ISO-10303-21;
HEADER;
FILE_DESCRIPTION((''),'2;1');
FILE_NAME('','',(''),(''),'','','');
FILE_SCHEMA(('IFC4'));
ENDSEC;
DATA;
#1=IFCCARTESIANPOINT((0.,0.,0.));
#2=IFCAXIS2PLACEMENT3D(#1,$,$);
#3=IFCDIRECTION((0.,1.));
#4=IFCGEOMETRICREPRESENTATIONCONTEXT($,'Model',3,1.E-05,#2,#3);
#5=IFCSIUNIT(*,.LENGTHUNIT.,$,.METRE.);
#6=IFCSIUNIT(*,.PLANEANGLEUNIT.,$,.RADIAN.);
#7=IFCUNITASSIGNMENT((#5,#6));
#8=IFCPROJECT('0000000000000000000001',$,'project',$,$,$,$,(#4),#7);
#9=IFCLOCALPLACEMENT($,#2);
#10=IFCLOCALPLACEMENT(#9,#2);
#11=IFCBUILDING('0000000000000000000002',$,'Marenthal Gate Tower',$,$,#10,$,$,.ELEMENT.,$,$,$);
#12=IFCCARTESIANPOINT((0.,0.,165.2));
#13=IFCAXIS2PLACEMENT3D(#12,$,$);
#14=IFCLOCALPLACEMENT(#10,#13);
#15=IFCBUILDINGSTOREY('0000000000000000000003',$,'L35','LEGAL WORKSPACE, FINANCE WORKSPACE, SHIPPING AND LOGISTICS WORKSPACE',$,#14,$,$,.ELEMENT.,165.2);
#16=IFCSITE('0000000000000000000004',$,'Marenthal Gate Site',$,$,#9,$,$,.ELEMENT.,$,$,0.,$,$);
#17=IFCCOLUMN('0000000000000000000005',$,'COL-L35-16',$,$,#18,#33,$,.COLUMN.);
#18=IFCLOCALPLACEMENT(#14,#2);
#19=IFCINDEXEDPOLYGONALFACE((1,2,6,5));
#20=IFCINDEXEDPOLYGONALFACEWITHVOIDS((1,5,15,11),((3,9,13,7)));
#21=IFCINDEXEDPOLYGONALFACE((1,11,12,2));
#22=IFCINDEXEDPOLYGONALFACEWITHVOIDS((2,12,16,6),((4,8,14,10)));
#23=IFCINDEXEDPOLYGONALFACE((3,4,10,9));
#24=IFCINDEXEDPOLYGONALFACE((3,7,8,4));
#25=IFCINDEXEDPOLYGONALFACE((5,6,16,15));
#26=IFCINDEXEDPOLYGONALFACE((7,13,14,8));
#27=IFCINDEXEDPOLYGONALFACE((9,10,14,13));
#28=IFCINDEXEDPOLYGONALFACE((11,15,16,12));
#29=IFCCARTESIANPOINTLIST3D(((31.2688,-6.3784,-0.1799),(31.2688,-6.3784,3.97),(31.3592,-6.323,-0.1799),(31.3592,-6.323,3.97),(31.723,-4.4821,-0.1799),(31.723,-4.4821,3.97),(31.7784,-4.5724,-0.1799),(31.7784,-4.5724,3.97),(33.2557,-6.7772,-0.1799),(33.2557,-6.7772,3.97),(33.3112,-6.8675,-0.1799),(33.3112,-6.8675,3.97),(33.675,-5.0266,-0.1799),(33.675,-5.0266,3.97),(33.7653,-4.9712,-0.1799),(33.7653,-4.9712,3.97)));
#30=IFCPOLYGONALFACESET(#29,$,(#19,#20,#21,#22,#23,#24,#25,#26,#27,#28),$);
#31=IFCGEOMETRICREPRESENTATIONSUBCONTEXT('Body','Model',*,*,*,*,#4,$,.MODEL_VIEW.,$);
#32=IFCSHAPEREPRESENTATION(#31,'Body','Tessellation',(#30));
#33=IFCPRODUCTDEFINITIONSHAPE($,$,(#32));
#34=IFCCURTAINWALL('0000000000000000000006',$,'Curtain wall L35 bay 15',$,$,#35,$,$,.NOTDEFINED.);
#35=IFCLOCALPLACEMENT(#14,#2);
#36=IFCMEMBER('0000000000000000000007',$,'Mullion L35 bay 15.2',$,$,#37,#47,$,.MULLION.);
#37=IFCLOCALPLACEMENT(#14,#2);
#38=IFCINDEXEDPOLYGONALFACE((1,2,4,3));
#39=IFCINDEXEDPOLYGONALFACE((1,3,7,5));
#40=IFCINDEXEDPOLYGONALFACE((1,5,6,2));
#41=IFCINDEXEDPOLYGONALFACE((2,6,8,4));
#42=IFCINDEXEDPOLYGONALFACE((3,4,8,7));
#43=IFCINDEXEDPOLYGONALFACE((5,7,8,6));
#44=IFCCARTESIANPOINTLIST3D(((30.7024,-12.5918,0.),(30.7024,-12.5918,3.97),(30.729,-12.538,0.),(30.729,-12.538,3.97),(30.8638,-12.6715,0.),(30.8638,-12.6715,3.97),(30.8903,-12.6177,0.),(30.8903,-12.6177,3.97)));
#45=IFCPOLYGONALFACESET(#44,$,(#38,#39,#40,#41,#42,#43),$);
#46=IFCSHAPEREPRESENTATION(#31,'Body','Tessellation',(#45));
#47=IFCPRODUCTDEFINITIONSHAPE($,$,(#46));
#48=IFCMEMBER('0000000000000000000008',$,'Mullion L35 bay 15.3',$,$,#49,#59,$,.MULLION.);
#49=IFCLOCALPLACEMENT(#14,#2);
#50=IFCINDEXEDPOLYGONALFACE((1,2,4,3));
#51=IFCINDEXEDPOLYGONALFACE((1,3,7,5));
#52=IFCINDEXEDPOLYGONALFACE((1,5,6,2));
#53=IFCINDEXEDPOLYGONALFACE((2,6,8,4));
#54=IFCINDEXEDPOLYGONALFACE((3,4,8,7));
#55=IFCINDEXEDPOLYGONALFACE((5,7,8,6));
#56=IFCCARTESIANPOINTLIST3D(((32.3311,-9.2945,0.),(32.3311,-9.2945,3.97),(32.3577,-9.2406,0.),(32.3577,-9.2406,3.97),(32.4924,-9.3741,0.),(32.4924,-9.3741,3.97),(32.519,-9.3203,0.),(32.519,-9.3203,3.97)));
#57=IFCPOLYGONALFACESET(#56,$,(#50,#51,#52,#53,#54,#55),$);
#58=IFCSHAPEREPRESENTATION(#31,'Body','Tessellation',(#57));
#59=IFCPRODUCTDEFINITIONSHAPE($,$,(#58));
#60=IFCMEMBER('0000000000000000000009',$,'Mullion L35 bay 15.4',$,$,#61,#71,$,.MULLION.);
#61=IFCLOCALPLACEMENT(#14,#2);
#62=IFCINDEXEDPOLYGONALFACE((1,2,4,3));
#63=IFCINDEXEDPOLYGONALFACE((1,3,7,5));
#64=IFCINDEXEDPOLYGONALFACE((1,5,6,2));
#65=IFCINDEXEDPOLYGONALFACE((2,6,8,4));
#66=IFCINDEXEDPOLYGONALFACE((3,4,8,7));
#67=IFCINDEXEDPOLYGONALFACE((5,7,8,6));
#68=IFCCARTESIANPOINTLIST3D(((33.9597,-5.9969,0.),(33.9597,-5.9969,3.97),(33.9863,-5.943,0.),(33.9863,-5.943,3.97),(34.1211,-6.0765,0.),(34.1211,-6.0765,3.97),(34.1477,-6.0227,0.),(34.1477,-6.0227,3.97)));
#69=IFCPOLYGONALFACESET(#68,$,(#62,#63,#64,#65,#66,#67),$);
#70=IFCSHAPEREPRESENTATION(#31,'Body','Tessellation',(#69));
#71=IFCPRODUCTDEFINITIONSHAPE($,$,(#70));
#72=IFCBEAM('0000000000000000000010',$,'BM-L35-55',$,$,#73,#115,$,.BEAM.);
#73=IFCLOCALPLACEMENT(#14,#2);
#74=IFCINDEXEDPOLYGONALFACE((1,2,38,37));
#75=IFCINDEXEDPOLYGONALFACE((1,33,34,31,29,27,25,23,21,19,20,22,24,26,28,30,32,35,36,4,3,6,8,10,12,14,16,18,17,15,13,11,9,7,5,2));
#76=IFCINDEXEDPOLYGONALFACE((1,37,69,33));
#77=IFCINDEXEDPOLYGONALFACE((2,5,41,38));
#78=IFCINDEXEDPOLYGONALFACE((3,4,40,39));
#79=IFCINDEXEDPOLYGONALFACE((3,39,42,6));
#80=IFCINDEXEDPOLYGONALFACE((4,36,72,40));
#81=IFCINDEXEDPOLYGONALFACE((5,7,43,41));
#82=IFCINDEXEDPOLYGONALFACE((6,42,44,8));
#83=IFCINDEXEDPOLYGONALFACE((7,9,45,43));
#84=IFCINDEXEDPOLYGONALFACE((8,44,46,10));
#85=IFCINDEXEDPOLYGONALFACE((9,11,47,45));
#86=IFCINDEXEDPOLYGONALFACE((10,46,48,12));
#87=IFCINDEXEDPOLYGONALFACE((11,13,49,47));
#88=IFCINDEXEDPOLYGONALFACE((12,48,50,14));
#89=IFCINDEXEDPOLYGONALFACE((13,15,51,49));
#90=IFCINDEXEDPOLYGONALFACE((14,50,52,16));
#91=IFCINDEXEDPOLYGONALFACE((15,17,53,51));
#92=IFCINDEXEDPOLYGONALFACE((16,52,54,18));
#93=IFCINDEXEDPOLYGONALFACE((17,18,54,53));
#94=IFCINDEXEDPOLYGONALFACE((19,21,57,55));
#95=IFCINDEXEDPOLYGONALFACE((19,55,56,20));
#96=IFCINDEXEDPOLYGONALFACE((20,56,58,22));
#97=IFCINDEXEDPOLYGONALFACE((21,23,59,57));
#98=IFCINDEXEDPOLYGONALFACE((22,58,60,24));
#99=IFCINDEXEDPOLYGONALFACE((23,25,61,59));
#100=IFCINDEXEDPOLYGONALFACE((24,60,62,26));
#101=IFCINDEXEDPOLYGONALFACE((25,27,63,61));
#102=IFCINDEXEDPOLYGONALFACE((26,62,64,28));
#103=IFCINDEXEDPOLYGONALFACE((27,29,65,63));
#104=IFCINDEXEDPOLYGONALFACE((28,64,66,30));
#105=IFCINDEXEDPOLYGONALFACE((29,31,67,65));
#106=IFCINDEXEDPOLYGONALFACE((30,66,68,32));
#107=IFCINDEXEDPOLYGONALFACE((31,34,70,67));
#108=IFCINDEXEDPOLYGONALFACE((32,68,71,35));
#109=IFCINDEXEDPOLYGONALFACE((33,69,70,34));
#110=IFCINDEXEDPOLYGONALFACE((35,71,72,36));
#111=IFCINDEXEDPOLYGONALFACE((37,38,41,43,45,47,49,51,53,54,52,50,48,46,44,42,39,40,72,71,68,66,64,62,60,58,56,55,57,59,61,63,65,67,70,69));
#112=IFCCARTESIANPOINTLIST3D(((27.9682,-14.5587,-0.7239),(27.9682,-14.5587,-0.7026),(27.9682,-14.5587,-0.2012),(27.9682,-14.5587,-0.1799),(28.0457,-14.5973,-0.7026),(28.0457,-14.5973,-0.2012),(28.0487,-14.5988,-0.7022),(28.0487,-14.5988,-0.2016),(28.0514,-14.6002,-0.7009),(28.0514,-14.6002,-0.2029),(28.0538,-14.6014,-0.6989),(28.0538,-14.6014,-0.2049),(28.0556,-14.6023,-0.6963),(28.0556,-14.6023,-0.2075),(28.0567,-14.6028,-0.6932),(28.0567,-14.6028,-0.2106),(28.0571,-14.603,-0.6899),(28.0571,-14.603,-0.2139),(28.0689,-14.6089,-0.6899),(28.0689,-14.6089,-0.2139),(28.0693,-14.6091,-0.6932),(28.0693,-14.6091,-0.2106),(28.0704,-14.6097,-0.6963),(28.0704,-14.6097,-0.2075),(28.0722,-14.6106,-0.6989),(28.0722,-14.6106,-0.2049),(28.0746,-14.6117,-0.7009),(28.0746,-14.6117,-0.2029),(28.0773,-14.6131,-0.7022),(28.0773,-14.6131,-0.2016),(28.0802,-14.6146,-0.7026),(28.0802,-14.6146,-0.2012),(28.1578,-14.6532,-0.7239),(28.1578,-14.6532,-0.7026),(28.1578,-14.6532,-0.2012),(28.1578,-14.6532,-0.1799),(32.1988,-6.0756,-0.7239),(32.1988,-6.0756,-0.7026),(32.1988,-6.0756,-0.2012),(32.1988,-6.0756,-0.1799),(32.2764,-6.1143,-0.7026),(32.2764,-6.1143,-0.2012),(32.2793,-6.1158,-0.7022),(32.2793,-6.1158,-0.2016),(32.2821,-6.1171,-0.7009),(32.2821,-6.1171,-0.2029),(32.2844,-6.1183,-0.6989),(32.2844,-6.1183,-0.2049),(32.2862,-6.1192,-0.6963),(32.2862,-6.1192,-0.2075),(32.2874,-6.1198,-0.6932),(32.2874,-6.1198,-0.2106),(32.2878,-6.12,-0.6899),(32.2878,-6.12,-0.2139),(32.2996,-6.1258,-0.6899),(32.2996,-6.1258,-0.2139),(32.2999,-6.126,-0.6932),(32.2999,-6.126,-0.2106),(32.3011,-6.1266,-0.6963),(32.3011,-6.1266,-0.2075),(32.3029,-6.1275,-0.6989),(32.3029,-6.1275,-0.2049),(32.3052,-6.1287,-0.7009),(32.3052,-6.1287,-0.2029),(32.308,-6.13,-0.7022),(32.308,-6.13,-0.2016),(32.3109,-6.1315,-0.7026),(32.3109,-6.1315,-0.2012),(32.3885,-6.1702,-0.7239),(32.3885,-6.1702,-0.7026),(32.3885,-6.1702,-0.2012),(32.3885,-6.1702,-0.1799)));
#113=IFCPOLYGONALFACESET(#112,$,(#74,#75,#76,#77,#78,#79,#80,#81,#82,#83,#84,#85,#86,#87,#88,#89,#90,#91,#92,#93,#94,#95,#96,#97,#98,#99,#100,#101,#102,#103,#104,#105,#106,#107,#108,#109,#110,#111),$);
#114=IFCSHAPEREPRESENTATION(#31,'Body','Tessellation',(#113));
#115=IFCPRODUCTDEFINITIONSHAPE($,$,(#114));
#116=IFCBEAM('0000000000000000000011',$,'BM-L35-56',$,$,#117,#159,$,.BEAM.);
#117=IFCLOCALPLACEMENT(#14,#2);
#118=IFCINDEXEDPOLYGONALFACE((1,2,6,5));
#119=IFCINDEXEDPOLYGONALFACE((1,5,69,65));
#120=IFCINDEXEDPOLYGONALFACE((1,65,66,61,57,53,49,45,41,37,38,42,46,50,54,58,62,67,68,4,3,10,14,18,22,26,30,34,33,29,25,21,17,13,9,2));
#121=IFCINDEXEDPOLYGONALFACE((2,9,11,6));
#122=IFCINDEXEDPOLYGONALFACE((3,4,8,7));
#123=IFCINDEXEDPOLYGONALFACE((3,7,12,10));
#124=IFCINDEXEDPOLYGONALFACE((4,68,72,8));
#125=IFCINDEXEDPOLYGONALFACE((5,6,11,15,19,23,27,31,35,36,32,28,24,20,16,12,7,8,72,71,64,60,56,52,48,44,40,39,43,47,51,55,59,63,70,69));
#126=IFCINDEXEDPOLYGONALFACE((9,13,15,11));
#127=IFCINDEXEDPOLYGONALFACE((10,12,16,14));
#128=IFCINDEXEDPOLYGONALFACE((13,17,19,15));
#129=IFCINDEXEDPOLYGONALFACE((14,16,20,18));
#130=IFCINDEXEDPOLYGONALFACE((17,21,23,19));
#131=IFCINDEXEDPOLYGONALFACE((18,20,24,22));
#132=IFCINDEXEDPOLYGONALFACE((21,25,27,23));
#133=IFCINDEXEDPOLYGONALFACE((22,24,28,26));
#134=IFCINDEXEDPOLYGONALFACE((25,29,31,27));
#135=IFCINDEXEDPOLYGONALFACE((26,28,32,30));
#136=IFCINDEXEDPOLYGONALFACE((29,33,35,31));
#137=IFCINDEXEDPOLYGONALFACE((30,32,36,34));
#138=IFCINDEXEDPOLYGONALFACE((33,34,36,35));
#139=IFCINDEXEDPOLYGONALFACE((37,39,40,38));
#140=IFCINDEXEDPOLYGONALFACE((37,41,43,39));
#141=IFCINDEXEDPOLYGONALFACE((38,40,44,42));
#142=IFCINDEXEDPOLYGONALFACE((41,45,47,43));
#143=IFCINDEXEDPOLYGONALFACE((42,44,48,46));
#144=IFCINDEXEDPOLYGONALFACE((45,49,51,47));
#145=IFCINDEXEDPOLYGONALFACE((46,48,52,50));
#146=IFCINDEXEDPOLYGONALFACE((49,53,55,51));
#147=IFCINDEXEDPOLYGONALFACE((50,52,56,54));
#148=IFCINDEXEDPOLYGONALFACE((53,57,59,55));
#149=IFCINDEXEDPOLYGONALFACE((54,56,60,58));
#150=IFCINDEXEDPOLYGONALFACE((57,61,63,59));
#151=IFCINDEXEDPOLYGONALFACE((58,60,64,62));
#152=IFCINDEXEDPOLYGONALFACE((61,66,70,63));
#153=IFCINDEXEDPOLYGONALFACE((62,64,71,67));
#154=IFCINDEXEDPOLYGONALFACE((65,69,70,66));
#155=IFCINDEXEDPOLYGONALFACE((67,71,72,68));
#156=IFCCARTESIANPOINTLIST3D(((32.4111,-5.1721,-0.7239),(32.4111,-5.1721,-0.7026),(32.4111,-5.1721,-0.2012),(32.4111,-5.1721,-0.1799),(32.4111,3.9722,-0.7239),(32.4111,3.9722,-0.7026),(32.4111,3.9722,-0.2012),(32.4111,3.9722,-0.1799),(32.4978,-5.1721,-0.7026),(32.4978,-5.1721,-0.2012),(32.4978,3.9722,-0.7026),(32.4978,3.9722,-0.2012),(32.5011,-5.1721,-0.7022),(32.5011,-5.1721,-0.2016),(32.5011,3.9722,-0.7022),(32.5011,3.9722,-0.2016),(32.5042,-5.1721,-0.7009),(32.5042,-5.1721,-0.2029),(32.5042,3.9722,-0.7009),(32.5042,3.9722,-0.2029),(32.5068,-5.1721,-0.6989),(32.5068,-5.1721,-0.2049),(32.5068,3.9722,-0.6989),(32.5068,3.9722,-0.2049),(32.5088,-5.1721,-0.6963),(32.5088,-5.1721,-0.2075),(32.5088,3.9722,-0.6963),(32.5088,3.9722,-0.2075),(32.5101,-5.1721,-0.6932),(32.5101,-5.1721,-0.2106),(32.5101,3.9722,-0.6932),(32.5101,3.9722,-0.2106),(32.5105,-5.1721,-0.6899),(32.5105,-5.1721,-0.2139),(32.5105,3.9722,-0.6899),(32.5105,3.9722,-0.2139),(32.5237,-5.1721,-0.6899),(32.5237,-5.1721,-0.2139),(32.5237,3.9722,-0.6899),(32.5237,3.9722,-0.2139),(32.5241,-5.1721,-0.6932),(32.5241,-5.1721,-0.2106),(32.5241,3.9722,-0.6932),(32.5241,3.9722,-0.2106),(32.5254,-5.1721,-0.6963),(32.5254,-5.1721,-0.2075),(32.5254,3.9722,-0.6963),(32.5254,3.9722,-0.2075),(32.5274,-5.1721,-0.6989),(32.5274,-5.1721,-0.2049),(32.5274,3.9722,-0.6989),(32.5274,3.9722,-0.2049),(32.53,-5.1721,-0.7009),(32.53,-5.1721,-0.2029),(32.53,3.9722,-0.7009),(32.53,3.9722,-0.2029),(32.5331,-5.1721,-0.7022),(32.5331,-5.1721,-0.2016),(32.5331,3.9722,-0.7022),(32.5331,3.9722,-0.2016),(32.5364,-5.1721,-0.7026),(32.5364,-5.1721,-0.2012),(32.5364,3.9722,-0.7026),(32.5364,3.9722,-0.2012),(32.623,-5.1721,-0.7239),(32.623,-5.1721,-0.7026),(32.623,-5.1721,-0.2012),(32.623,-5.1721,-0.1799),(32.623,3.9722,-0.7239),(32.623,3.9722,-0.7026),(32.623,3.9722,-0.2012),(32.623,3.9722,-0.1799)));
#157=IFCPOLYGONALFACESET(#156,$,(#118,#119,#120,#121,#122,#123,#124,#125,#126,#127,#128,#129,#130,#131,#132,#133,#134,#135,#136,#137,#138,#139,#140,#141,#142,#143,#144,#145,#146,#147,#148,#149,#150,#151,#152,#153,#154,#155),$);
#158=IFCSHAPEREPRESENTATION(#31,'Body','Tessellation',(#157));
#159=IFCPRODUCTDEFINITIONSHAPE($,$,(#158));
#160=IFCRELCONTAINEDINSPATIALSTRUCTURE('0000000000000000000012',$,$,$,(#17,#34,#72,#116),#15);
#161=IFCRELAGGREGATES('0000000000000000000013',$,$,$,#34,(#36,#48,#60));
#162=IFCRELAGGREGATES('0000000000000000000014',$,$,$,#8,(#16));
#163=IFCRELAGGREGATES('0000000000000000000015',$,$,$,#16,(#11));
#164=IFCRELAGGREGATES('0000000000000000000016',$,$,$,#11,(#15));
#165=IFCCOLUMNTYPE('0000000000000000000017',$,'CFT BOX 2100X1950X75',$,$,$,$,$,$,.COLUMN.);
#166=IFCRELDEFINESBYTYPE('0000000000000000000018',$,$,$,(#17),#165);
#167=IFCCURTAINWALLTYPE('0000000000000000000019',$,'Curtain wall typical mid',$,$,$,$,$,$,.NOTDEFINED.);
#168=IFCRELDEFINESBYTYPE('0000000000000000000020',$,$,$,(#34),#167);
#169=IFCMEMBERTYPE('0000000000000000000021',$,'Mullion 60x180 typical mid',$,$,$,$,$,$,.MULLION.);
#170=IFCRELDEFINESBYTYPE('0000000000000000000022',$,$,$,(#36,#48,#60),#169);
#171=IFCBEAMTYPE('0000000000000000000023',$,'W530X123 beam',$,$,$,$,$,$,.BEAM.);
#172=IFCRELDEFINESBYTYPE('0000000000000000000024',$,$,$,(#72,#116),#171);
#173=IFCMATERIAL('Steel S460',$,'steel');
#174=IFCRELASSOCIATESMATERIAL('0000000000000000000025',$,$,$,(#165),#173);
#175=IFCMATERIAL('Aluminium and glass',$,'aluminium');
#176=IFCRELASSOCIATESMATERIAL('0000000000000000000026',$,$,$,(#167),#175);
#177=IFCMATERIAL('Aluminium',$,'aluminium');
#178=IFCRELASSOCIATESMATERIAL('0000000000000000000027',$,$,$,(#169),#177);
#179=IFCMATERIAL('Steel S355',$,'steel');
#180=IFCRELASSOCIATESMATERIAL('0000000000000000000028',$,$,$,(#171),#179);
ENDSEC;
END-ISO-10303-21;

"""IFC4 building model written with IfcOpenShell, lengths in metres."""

from ifc_helpers import new_model, si_unit, direction, frame, origin, origin_2d, place, context, subcontext, project, spatial, rectangle, hollow_rectangle, i_section, extrude, material, material_profile, profile_set, type_object, element, aggregate, save


model = new_model("IFC4")

# Units and contexts
model_context = context("Model", 3, precision=1e-05, world=origin(), true_north=direction((0.0, 1.0)))
body_context = subcontext(model_context, "Body", "Model", "MODEL_VIEW")
ifc_project = project(units=[si_unit("LENGTHUNIT", "METRE"), si_unit("PLANEANGLEUNIT", "RADIAN")], contexts=[model_context])

# Site, building, storey
site_placement = place(None, origin())
site = spatial("IfcSite", under=ifc_project, at=site_placement, Name="Marenthal Gate Site", CompositionType="ELEMENT", RefElevation=0.0)
building_placement = place(site_placement, origin())
building = spatial("IfcBuilding", under=site, at=building_placement, Name="Marenthal Gate Tower", CompositionType="ELEMENT")
storey_placement = place(building_placement, frame((0.0, 0.0, 165.2)))
storey = spatial("IfcBuildingStorey", under=building, at=storey_placement, Name="L35", Description="LEGAL WORKSPACE, FINANCE WORKSPACE, SHIPPING AND LOGISTICS WORKSPACE", CompositionType="ELEMENT", Elevation=165.2)

# Column
ifc_material_1 = material(Name="Steel S460", Category="steel")
ifc_material_profile_1 = material_profile(ifc_material_1, hollow_rectangle(XDim=1.95, YDim=2.1001, WallThickness=0.075, at=origin_2d()), Name="CFT BOX 2100X1950X75")
ifc_material_2 = material(Name="Concrete 70 MPa", Category="concrete")
ifc_material_profile_2 = material_profile(ifc_material_2, rectangle(XDim=1.8, YDim=1.95, at=origin_2d()), Name="CFT BOX 2100X1950X75 INFILL")
ifc_profile_set_1 = profile_set([ifc_material_profile_1, ifc_material_profile_2], Name="Steel S460 shell, Concrete 70 MPa infill")
column_type = type_object("IfcColumnType", Name="CFT BOX 2100X1950X75", PredefinedType="COLUMN", material=ifc_profile_set_1)
column_placement = place(storey_placement, frame((32.5171, -5.6748, -0.1799), z_axis=(0.0, 0.0, 1.0), x_axis=(-0.232909, -0.972499, 0.0)))
element("IfcColumn", 1, at=column_placement, inside=storey, type_object=column_type, Name="COL-L35-16", PredefinedType="COLUMN", context=body_context, shape_type="SweptSolid", body=[
    extrude(hollow_rectangle(XDim=1.95, YDim=2.1001, WallThickness=0.075, at=origin_2d()), origin(), (0.0, 0.0, 1.0), 4.1499),
])

# Curtain wall, members
ifc_material_3 = material(Name="Aluminium and glass", Category="aluminium")
curtain_wall_type = type_object("IfcCurtainWallType", Name="Curtain wall typical mid", PredefinedType="NOTDEFINED", material=ifc_material_3)
curtain_wall_placement = place(storey_placement, origin())
curtain_wall = element("IfcCurtainWall", 2, at=curtain_wall_placement, inside=storey, type_object=curtain_wall_type, Name="Curtain wall L35 bay 15", PredefinedType="NOTDEFINED")
ifc_material_4 = material(Name="Aluminium", Category="aluminium")
ifc_material_profile_3 = material_profile(ifc_material_4, rectangle(XDim=0.1799, YDim=0.0601, at=origin_2d()), Name="60x180 aluminium mullion")
ifc_profile_set_2 = profile_set([ifc_material_profile_3], Name="Aluminium")
member_type = type_object("IfcMemberType", Name="Mullion 60x180 typical mid", PredefinedType="MULLION", material=ifc_profile_set_2)
member_1_placement = place(storey_placement, frame((30.7964, -12.6047, 0.0), z_axis=(0.0, 0.0, 1.0), x_axis=(-0.896609, 0.442824, 0.0)))
member_1 = element("IfcMember", 3, at=member_1_placement, type_object=member_type, Name="Mullion L35 bay 15.2", PredefinedType="MULLION", context=body_context, shape_type="SweptSolid", body=[
    extrude(rectangle(XDim=0.1799, YDim=0.0601, at=origin_2d()), origin(), (0.0, 0.0, 1.0), 3.97),
])
member_2_placement = place(storey_placement, frame((32.425, -9.3074, 0.0), z_axis=(0.0, 0.0, 1.0), x_axis=(-0.896609, 0.442824, 0.0)))
member_2 = element("IfcMember", 4, at=member_2_placement, type_object=member_type, Name="Mullion L35 bay 15.3", PredefinedType="MULLION", context=body_context, shape_type="SweptSolid", body=[
    extrude(rectangle(XDim=0.1799, YDim=0.0601, at=origin_2d()), origin(), (0.0, 0.0, 1.0), 3.97),
])
member_3_placement = place(storey_placement, frame((34.0537, -6.0098, 0.0), z_axis=(0.0, 0.0, 1.0), x_axis=(-0.896609, 0.442824, 0.0)))
member_3 = element("IfcMember", 5, at=member_3_placement, type_object=member_type, Name="Mullion L35 bay 15.4", PredefinedType="MULLION", context=body_context, shape_type="SweptSolid", body=[
    extrude(rectangle(XDim=0.1799, YDim=0.0601, at=origin_2d()), origin(), (0.0, 0.0, 1.0), 3.97),
])

# Beams
ifc_material_5 = material(Name="Steel S355", Category="steel")
ifc_material_profile_4 = material_profile(ifc_material_5, i_section(OverallWidth=0.2119, OverallDepth=0.5439, WebThickness=0.0132, FlangeThickness=0.0212, FilletRadius=0.0127, at=origin_2d()), Name="W530X123")
ifc_profile_set_3 = profile_set([ifc_material_profile_4], Name="Steel S355")
beam_type_1 = type_object("IfcBeamType", Name="W530X123 beam", PredefinedType="BEAM", material=ifc_profile_set_3)
beam_1_placement = place(storey_placement, frame((28.063, -14.606, -0.4519), z_axis=(0.446297, 0.894885, 0.0), x_axis=(-0.894885, 0.446297, 0.0)))
element("IfcBeam", 6, at=beam_1_placement, inside=storey, type_object=beam_type_1, Name="BM-L35-55", PredefinedType="BEAM", context=body_context, shape_type="SweptSolid", body=[
    extrude(i_section(OverallWidth=0.2119, OverallDepth=0.5439, WebThickness=0.0132, FlangeThickness=0.0212, FilletRadius=0.0127, at=origin_2d()), origin(), (0.0, 0.0, 1.0), 9.4795),
])
beam_2_placement = place(storey_placement, frame((32.5171, -5.1721, -0.4519), z_axis=(0.0, 1.0, 0.0), x_axis=(-1.0, 0.0, 0.0)))
element("IfcBeam", 7, at=beam_2_placement, inside=storey, type_object=beam_type_1, Name="BM-L35-56", PredefinedType="BEAM", context=body_context, shape_type="SweptSolid", body=[
    extrude(i_section(OverallWidth=0.2119, OverallDepth=0.5439, WebThickness=0.0132, FlangeThickness=0.0212, FilletRadius=0.0127, at=origin_2d()), origin(), (0.0, 0.0, 1.0), 9.1443),
])

aggregate(curtain_wall, [member_1, member_2, member_3])

save(model, "model.ifc")
